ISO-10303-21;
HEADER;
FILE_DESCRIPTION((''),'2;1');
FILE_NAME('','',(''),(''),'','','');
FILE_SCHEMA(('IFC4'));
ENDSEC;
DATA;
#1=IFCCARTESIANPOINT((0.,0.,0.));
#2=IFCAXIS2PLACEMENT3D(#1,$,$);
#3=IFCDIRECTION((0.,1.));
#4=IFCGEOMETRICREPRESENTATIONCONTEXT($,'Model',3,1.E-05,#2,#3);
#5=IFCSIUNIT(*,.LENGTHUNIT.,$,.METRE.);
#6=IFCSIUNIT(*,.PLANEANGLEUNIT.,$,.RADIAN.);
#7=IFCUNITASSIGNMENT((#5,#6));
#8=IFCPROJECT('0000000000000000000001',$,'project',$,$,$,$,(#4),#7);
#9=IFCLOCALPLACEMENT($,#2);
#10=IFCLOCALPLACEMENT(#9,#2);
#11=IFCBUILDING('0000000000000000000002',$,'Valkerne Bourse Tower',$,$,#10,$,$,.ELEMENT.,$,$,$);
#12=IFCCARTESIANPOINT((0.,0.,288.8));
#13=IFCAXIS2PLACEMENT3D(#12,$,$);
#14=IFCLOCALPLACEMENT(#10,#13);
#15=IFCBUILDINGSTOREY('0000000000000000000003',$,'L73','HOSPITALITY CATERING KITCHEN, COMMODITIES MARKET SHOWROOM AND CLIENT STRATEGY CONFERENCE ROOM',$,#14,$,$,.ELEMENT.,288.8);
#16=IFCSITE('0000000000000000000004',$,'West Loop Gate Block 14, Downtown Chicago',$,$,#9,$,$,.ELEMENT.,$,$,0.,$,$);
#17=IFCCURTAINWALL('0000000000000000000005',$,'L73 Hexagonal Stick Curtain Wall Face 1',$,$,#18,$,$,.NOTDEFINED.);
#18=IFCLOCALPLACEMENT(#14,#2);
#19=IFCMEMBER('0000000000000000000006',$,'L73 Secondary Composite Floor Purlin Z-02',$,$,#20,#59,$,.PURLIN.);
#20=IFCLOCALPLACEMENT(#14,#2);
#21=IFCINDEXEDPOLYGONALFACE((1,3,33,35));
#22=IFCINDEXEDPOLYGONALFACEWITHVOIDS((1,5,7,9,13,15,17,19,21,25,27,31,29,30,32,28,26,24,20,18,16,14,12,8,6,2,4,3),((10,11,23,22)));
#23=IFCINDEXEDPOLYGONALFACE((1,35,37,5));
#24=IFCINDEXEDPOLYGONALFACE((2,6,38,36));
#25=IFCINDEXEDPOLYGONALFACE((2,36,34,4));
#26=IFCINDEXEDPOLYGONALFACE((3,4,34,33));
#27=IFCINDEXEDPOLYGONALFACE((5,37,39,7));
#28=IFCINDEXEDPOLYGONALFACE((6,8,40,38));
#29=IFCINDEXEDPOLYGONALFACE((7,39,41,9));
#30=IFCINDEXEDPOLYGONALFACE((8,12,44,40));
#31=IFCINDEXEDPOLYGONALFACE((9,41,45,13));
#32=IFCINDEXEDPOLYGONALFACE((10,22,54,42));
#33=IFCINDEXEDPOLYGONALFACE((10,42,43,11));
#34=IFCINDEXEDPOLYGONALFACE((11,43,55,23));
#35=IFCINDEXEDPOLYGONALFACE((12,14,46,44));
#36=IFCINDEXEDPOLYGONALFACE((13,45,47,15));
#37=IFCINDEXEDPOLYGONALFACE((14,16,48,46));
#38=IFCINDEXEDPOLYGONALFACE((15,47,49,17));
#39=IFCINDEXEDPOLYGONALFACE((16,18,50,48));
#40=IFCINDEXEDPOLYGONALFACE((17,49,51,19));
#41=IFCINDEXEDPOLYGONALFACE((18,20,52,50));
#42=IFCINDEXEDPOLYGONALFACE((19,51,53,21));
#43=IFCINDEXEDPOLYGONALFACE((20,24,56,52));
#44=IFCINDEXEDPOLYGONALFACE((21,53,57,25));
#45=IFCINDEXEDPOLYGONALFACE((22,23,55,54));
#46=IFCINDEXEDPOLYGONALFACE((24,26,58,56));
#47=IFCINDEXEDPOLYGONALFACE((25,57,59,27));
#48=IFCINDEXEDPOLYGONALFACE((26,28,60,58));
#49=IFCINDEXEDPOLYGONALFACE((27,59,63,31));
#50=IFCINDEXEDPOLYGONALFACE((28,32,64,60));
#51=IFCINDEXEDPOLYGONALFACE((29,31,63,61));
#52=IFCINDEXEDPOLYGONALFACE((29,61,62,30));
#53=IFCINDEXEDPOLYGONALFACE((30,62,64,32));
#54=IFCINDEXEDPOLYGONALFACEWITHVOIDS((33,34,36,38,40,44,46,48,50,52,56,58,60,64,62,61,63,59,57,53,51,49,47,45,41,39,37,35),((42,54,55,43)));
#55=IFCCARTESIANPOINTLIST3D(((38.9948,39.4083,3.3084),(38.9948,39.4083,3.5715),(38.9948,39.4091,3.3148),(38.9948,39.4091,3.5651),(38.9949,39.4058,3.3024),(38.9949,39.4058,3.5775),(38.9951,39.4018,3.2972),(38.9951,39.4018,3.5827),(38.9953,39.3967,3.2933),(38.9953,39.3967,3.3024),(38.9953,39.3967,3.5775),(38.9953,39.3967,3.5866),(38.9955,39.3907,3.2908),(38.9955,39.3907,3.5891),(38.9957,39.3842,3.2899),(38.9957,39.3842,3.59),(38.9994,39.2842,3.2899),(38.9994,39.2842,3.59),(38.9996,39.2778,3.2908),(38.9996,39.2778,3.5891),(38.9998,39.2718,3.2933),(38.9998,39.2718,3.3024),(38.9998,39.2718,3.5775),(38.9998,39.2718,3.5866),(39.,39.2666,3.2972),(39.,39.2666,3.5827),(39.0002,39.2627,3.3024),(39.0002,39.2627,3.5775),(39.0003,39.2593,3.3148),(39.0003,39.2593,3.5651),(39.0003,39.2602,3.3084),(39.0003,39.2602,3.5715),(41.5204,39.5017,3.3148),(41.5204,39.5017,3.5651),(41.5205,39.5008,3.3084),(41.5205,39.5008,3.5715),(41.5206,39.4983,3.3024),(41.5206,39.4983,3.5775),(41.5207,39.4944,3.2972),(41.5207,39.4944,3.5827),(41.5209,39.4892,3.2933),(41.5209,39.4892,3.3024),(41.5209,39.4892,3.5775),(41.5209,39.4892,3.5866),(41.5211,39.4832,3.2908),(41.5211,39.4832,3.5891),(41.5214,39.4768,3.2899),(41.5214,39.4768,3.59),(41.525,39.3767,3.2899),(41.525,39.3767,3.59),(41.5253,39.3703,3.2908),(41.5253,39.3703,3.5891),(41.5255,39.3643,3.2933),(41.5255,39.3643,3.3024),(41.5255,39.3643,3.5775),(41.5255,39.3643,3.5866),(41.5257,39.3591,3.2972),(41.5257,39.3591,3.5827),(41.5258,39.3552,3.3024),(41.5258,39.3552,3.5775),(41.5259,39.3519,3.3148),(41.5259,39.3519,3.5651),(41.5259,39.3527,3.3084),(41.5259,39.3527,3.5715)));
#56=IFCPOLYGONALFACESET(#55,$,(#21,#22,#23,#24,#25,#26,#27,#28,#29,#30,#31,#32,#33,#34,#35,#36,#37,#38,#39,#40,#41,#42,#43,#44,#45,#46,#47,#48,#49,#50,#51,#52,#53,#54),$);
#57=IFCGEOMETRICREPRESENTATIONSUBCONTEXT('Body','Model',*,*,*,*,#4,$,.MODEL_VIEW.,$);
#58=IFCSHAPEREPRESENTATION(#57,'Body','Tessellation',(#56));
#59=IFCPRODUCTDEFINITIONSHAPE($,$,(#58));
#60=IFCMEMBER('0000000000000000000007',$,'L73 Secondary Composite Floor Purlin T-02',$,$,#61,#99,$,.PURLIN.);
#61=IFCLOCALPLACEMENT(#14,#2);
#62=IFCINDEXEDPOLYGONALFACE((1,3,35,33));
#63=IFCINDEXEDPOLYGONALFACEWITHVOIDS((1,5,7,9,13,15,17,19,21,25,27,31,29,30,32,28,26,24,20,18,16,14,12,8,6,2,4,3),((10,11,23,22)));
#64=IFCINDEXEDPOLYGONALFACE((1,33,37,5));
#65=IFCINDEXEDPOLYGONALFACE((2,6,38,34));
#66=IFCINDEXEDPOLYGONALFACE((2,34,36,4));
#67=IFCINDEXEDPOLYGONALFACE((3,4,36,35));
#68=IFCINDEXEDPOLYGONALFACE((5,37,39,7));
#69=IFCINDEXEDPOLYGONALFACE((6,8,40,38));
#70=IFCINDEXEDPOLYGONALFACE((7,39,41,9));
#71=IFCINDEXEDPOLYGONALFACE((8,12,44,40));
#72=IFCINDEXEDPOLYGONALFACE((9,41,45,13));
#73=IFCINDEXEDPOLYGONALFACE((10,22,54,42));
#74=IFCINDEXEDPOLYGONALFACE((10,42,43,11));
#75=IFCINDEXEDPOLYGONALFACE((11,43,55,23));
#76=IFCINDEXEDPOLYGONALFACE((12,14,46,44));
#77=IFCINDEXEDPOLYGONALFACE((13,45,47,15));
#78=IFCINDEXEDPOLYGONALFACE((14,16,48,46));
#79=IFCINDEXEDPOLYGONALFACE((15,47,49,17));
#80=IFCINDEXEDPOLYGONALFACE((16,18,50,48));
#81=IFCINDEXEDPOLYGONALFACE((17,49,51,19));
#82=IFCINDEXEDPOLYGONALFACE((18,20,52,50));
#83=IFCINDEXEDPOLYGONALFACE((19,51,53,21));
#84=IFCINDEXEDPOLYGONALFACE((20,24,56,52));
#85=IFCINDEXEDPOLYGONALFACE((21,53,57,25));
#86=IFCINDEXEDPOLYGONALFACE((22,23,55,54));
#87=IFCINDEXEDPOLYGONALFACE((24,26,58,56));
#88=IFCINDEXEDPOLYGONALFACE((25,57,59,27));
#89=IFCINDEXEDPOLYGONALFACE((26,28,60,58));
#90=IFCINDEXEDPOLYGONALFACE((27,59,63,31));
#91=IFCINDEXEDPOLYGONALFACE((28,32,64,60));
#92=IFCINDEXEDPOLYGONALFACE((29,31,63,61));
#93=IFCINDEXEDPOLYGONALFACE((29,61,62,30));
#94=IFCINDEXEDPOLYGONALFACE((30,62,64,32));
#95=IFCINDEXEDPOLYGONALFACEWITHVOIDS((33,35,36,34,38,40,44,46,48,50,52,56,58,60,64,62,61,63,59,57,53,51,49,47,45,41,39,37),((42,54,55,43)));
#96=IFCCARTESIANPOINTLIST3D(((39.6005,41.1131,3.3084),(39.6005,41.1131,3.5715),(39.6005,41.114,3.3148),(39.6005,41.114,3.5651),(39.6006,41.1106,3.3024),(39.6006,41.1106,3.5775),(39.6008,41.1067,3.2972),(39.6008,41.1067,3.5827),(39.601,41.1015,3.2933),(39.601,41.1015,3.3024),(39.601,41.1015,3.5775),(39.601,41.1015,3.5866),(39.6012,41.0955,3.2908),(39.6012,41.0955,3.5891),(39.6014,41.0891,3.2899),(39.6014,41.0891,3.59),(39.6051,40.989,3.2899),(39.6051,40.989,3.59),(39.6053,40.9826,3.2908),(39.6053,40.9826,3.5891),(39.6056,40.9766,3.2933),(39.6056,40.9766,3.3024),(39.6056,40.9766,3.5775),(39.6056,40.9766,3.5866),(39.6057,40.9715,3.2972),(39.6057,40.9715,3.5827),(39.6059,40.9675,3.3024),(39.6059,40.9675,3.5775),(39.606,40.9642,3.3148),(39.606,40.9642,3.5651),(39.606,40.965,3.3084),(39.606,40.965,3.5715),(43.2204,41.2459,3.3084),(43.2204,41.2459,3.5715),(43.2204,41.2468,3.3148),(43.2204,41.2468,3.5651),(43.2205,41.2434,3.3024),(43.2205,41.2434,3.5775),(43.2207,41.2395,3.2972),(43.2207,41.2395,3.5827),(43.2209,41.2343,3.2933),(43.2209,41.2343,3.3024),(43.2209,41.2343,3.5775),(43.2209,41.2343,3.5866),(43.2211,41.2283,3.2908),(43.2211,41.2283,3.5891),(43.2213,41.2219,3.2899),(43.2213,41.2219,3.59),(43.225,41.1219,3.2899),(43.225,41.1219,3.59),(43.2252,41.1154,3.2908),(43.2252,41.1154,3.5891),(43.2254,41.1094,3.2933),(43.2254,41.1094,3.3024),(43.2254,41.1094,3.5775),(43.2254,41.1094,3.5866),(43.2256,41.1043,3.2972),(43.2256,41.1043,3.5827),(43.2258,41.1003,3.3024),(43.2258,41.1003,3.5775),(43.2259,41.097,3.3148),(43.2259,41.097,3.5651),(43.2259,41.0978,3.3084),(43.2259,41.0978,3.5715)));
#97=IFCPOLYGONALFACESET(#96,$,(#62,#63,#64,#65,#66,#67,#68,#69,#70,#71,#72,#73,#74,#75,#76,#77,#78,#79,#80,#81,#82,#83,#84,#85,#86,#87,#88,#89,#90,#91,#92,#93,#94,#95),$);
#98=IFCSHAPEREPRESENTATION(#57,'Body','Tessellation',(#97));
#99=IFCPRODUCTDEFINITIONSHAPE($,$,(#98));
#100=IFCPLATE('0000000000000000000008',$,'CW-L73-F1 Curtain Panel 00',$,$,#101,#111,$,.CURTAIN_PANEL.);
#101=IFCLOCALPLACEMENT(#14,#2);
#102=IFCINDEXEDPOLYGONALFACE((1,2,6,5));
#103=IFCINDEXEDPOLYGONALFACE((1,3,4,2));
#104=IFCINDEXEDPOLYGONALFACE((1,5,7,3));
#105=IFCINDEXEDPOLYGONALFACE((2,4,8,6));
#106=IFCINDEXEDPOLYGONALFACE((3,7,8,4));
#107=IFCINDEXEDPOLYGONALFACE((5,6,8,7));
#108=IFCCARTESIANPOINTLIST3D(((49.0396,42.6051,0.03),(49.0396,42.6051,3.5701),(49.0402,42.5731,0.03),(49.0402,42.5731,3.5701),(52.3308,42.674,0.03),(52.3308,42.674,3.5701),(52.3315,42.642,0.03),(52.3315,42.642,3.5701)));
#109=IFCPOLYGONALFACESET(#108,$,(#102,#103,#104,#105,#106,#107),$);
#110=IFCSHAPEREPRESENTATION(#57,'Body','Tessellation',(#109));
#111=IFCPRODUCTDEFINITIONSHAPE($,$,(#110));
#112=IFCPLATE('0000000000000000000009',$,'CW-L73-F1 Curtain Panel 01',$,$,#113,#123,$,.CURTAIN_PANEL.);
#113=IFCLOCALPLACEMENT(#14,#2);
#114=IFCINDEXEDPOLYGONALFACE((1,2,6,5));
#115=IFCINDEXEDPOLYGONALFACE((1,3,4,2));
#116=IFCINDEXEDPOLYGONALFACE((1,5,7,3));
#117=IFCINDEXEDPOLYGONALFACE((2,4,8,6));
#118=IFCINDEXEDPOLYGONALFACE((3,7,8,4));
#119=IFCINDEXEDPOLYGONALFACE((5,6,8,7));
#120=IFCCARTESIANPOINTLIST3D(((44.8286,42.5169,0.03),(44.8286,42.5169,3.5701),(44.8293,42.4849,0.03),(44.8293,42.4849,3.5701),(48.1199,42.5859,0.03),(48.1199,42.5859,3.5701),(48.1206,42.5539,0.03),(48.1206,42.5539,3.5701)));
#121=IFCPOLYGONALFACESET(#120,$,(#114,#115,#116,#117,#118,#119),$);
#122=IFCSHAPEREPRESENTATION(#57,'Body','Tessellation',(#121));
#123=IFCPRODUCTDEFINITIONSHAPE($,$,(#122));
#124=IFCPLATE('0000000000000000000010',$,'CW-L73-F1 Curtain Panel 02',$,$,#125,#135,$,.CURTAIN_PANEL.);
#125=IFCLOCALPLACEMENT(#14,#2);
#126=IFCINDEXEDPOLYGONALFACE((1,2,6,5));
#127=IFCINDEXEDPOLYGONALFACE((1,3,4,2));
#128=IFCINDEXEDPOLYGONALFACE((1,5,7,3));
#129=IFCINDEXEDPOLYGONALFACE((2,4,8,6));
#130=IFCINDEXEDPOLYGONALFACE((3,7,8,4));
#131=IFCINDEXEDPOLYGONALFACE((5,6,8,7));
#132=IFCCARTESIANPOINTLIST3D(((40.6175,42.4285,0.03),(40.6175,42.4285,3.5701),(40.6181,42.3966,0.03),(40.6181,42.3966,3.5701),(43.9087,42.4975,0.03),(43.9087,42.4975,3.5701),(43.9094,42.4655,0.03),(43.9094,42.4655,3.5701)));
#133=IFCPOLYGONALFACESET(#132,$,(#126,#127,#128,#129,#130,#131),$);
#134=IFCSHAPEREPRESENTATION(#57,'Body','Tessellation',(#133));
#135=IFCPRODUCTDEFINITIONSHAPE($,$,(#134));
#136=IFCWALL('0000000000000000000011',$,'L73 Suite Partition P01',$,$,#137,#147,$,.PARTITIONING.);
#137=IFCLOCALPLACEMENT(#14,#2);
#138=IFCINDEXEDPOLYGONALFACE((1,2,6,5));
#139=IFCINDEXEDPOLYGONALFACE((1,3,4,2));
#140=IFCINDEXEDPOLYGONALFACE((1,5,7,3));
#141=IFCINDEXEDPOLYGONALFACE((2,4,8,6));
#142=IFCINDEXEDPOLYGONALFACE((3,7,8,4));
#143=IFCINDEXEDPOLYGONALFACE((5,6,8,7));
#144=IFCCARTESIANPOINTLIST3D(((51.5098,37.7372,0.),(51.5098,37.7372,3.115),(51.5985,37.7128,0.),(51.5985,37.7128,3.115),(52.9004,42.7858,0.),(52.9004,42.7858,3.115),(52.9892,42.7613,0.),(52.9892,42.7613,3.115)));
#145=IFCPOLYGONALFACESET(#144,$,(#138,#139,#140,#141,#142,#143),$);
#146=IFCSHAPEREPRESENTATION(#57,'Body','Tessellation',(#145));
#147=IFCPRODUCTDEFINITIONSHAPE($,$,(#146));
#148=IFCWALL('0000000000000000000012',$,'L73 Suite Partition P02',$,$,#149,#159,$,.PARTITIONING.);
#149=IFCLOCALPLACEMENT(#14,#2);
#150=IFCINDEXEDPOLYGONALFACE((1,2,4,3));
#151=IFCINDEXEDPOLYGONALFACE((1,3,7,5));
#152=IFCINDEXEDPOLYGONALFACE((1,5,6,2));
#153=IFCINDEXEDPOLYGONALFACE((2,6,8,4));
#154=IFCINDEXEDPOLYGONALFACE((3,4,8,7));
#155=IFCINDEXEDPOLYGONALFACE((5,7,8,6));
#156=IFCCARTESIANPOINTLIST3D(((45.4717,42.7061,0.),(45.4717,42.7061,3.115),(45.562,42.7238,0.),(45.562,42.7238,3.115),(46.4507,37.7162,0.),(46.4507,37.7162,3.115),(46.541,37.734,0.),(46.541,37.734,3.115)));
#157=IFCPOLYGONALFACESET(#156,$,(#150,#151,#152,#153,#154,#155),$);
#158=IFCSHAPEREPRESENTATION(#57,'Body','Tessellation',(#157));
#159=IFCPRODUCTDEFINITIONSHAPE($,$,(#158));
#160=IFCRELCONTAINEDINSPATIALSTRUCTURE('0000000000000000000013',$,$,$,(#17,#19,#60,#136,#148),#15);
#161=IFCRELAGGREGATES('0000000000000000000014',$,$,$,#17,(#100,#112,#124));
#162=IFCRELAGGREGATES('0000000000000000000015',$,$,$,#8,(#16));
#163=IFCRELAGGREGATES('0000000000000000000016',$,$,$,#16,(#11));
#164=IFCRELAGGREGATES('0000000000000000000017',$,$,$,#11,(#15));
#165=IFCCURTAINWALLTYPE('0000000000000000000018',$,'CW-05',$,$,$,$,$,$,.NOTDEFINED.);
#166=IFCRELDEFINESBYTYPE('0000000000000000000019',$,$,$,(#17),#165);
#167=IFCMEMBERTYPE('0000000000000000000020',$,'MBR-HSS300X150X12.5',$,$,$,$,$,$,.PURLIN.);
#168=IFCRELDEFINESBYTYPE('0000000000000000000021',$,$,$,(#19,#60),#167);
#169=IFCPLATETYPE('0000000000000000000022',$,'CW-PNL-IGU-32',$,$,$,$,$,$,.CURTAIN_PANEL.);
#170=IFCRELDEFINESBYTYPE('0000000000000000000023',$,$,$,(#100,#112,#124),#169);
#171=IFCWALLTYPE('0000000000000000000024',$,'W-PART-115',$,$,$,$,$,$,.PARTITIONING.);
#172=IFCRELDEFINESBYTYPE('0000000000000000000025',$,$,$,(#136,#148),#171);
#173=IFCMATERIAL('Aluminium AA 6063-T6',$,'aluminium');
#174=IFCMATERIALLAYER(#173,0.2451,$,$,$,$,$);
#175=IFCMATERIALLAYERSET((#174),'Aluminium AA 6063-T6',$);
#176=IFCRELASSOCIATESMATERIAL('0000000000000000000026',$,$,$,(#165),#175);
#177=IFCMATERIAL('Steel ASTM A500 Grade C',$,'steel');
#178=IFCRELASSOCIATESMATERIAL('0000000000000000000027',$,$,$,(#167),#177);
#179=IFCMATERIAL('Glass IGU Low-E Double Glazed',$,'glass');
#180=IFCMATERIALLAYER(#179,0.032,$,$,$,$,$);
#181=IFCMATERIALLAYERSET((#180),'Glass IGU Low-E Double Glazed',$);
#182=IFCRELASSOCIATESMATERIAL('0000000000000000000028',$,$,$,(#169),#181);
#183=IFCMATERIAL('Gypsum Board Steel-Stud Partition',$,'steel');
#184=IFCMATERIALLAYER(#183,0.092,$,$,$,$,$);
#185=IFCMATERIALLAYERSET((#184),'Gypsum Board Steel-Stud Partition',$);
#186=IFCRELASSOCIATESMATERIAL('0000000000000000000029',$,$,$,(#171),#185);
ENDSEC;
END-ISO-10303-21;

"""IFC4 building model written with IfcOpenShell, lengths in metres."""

from ifc_helpers import new_model, si_unit, direction, frame, frame_2d, origin, origin_2d, place, context, subcontext, project, spatial, rectangle, hollow_rectangle, extrude, material, layer, layer_set, material_profile, profile_set, type_object, element, aggregate, save


model = new_model("IFC4")

# Units and contexts
model_context = context("Model", 3, precision=1e-05, world=origin(), true_north=direction((0.0, 1.0)))
body_context = subcontext(model_context, "Body", "Model", "MODEL_VIEW")
ifc_project = project(units=[si_unit("LENGTHUNIT", "METRE"), si_unit("PLANEANGLEUNIT", "RADIAN")], contexts=[model_context])

# Site, building, storey
site_placement = place(None, origin())
site = spatial("IfcSite", under=ifc_project, at=site_placement, Name="West Loop Gate Block 14, Downtown Chicago", CompositionType="ELEMENT", RefElevation=0.0)
building_placement = place(site_placement, origin())
building = spatial("IfcBuilding", under=site, at=building_placement, Name="Valkerne Bourse Tower", CompositionType="ELEMENT")
storey_placement = place(building_placement, frame((0.0, 0.0, 288.8)))
storey = spatial("IfcBuildingStorey", under=building, at=storey_placement, Name="L73", Description="HOSPITALITY CATERING KITCHEN, COMMODITIES MARKET SHOWROOM AND CLIENT STRATEGY CONFERENCE ROOM", CompositionType="ELEMENT", Elevation=288.8)

# Curtain wall
ifc_material_1 = material(Name="Aluminium AA 6063-T6", Category="aluminium")
ifc_layer_1 = layer(ifc_material_1, 0.2451)
ifc_layer_set_1 = layer_set([ifc_layer_1], Name="Aluminium AA 6063-T6")
curtain_wall_type = type_object("IfcCurtainWallType", Name="CW-05", PredefinedType="NOTDEFINED", material=ifc_layer_set_1)
curtain_wall_placement = place(storey_placement, origin())
curtain_wall = element("IfcCurtainWall", 1, at=curtain_wall_placement, inside=storey, type_object=curtain_wall_type, Name="L73 Hexagonal Stick Curtain Wall Face 1", PredefinedType="NOTDEFINED")

# Members
ifc_material_2 = material(Name="Steel ASTM A500 Grade C", Category="steel")
ifc_material_profile_1 = material_profile(ifc_material_2, hollow_rectangle(XDim=0.1499, YDim=0.3, WallThickness=0.0125, OuterFilletRadius=0.0249, at=origin_2d()), Name="HSS300X150X12.5")
ifc_profile_set_1 = profile_set([ifc_material_profile_1], Name="Steel ASTM A500 Grade C")
member_type_1 = type_object("IfcMemberType", Name="MBR-HSS300X150X12.5", PredefinedType="PURLIN", material=ifc_profile_set_1)
member_1_placement = place(storey_placement, frame((41.5232, 39.4268, 3.4399), z_axis=(-0.99933, -0.036611, 0.0), x_axis=(0.036611, -0.99933, 0.0)))
element("IfcMember", 2, at=member_1_placement, inside=storey, type_object=member_type_1, Name="L73 Secondary Composite Floor Purlin Z-02", PredefinedType="PURLIN", context=body_context, shape_type="SweptSolid", body=[
    extrude(hollow_rectangle(XDim=0.1499, YDim=0.3, WallThickness=0.0125, OuterFilletRadius=0.0249, at=origin_2d()), origin(), (0.0, 0.0, 1.0), 2.5273),
])
member_2_placement = place(storey_placement, frame((43.2231, 41.1719, 3.4399), z_axis=(-0.999328, -0.036665, 0.0), x_axis=(0.036665, -0.999328, 0.0)))
element("IfcMember", 3, at=member_2_placement, inside=storey, type_object=member_type_1, Name="L73 Secondary Composite Floor Purlin T-02", PredefinedType="PURLIN", context=body_context, shape_type="SweptSolid", body=[
    extrude(hollow_rectangle(XDim=0.1499, YDim=0.3, WallThickness=0.0125, OuterFilletRadius=0.0249, at=origin_2d()), origin(), (0.0, 0.0, 1.0), 3.6223),
])

# Plates
ifc_material_3 = material(Name="Glass IGU Low-E Double Glazed", Category="glass")
ifc_layer_2 = layer(ifc_material_3, 0.032)
ifc_layer_set_2 = layer_set([ifc_layer_2], Name="Glass IGU Low-E Double Glazed")
plate_type = type_object("IfcPlateType", Name="CW-PNL-IGU-32", PredefinedType="CURTAIN_PANEL", material=ifc_layer_set_2)
plate_1_placement = place(storey_placement, frame((50.6855, 42.6235, 0.03), z_axis=(0.0, 0.0, 1.0), x_axis=(-0.999781, -0.02094, 0.0)))
plate_1 = element("IfcPlate", 4, at=plate_1_placement, type_object=plate_type, Name="CW-L73-F1 Curtain Panel 00", PredefinedType="CURTAIN_PANEL", context=body_context, shape_type="SweptSolid", body=[
    extrude(rectangle(XDim=3.292, YDim=0.032, at=origin_2d()), origin(), (0.0, 0.0, 1.0), 3.54),
])
plate_2_placement = place(storey_placement, frame((46.4746, 42.5354, 0.03), z_axis=(0.0, 0.0, 1.0), x_axis=(-0.999781, -0.020941, 0.0)))
plate_2 = element("IfcPlate", 5, at=plate_2_placement, type_object=plate_type, Name="CW-L73-F1 Curtain Panel 01", PredefinedType="CURTAIN_PANEL", context=body_context, shape_type="SweptSolid", body=[
    extrude(rectangle(XDim=3.292, YDim=0.032, at=origin_2d()), origin(), (0.0, 0.0, 1.0), 3.54),
])
plate_3_placement = place(storey_placement, frame((42.2634, 42.447, 0.03), z_axis=(0.0, 0.0, 1.0), x_axis=(-0.999781, -0.02094, 0.0)))
plate_3 = element("IfcPlate", 6, at=plate_3_placement, type_object=plate_type, Name="CW-L73-F1 Curtain Panel 02", PredefinedType="CURTAIN_PANEL", context=body_context, shape_type="SweptSolid", body=[
    extrude(rectangle(XDim=3.292, YDim=0.032, at=origin_2d()), origin(), (0.0, 0.0, 1.0), 3.54),
])
aggregate(curtain_wall, [plate_1, plate_2, plate_3])

# Walls
ifc_material_4 = material(Name="Gypsum Board Steel-Stud Partition", Category="steel")
ifc_layer_3 = layer(ifc_material_4, 0.092)
ifc_layer_set_3 = layer_set([ifc_layer_3], Name="Gypsum Board Steel-Stud Partition")
wall_type = type_object("IfcWallType", Name="W-PART-115", PredefinedType="PARTITIONING", material=ifc_layer_set_3)
wall_1_placement = place(storey_placement, frame((51.5542, 37.7251, 0.0), z_axis=(0.0, 0.0, 1.0), x_axis=(0.265558, 0.964095, 0.0)))
element("IfcWall", 7, at=wall_1_placement, inside=storey, type_object=wall_type, Name="L73 Suite Partition P01", PredefinedType="PARTITIONING", context=body_context, shape_type="SweptSolid", body=[
    extrude(rectangle(XDim=5.2366, YDim=0.092, at=frame_2d((2.6182, 0.0))), origin(), (0.0, 0.0, 1.0), 3.115),
])
wall_2_placement = place(storey_placement, frame((46.4958, 37.7251, 0.0), z_axis=(0.0, 0.0, 1.0), x_axis=(-0.192532, 0.981291, 0.0)))
element("IfcWall", 8, at=wall_2_placement, inside=storey, type_object=wall_type, Name="L73 Suite Partition P02", PredefinedType="PARTITIONING", context=body_context, shape_type="SweptSolid", body=[
    extrude(rectangle(XDim=5.085, YDim=0.092, at=frame_2d((2.5425, 0.0))), origin(), (0.0, 0.0, 1.0), 3.115),
])

save(model, "model.ifc")
